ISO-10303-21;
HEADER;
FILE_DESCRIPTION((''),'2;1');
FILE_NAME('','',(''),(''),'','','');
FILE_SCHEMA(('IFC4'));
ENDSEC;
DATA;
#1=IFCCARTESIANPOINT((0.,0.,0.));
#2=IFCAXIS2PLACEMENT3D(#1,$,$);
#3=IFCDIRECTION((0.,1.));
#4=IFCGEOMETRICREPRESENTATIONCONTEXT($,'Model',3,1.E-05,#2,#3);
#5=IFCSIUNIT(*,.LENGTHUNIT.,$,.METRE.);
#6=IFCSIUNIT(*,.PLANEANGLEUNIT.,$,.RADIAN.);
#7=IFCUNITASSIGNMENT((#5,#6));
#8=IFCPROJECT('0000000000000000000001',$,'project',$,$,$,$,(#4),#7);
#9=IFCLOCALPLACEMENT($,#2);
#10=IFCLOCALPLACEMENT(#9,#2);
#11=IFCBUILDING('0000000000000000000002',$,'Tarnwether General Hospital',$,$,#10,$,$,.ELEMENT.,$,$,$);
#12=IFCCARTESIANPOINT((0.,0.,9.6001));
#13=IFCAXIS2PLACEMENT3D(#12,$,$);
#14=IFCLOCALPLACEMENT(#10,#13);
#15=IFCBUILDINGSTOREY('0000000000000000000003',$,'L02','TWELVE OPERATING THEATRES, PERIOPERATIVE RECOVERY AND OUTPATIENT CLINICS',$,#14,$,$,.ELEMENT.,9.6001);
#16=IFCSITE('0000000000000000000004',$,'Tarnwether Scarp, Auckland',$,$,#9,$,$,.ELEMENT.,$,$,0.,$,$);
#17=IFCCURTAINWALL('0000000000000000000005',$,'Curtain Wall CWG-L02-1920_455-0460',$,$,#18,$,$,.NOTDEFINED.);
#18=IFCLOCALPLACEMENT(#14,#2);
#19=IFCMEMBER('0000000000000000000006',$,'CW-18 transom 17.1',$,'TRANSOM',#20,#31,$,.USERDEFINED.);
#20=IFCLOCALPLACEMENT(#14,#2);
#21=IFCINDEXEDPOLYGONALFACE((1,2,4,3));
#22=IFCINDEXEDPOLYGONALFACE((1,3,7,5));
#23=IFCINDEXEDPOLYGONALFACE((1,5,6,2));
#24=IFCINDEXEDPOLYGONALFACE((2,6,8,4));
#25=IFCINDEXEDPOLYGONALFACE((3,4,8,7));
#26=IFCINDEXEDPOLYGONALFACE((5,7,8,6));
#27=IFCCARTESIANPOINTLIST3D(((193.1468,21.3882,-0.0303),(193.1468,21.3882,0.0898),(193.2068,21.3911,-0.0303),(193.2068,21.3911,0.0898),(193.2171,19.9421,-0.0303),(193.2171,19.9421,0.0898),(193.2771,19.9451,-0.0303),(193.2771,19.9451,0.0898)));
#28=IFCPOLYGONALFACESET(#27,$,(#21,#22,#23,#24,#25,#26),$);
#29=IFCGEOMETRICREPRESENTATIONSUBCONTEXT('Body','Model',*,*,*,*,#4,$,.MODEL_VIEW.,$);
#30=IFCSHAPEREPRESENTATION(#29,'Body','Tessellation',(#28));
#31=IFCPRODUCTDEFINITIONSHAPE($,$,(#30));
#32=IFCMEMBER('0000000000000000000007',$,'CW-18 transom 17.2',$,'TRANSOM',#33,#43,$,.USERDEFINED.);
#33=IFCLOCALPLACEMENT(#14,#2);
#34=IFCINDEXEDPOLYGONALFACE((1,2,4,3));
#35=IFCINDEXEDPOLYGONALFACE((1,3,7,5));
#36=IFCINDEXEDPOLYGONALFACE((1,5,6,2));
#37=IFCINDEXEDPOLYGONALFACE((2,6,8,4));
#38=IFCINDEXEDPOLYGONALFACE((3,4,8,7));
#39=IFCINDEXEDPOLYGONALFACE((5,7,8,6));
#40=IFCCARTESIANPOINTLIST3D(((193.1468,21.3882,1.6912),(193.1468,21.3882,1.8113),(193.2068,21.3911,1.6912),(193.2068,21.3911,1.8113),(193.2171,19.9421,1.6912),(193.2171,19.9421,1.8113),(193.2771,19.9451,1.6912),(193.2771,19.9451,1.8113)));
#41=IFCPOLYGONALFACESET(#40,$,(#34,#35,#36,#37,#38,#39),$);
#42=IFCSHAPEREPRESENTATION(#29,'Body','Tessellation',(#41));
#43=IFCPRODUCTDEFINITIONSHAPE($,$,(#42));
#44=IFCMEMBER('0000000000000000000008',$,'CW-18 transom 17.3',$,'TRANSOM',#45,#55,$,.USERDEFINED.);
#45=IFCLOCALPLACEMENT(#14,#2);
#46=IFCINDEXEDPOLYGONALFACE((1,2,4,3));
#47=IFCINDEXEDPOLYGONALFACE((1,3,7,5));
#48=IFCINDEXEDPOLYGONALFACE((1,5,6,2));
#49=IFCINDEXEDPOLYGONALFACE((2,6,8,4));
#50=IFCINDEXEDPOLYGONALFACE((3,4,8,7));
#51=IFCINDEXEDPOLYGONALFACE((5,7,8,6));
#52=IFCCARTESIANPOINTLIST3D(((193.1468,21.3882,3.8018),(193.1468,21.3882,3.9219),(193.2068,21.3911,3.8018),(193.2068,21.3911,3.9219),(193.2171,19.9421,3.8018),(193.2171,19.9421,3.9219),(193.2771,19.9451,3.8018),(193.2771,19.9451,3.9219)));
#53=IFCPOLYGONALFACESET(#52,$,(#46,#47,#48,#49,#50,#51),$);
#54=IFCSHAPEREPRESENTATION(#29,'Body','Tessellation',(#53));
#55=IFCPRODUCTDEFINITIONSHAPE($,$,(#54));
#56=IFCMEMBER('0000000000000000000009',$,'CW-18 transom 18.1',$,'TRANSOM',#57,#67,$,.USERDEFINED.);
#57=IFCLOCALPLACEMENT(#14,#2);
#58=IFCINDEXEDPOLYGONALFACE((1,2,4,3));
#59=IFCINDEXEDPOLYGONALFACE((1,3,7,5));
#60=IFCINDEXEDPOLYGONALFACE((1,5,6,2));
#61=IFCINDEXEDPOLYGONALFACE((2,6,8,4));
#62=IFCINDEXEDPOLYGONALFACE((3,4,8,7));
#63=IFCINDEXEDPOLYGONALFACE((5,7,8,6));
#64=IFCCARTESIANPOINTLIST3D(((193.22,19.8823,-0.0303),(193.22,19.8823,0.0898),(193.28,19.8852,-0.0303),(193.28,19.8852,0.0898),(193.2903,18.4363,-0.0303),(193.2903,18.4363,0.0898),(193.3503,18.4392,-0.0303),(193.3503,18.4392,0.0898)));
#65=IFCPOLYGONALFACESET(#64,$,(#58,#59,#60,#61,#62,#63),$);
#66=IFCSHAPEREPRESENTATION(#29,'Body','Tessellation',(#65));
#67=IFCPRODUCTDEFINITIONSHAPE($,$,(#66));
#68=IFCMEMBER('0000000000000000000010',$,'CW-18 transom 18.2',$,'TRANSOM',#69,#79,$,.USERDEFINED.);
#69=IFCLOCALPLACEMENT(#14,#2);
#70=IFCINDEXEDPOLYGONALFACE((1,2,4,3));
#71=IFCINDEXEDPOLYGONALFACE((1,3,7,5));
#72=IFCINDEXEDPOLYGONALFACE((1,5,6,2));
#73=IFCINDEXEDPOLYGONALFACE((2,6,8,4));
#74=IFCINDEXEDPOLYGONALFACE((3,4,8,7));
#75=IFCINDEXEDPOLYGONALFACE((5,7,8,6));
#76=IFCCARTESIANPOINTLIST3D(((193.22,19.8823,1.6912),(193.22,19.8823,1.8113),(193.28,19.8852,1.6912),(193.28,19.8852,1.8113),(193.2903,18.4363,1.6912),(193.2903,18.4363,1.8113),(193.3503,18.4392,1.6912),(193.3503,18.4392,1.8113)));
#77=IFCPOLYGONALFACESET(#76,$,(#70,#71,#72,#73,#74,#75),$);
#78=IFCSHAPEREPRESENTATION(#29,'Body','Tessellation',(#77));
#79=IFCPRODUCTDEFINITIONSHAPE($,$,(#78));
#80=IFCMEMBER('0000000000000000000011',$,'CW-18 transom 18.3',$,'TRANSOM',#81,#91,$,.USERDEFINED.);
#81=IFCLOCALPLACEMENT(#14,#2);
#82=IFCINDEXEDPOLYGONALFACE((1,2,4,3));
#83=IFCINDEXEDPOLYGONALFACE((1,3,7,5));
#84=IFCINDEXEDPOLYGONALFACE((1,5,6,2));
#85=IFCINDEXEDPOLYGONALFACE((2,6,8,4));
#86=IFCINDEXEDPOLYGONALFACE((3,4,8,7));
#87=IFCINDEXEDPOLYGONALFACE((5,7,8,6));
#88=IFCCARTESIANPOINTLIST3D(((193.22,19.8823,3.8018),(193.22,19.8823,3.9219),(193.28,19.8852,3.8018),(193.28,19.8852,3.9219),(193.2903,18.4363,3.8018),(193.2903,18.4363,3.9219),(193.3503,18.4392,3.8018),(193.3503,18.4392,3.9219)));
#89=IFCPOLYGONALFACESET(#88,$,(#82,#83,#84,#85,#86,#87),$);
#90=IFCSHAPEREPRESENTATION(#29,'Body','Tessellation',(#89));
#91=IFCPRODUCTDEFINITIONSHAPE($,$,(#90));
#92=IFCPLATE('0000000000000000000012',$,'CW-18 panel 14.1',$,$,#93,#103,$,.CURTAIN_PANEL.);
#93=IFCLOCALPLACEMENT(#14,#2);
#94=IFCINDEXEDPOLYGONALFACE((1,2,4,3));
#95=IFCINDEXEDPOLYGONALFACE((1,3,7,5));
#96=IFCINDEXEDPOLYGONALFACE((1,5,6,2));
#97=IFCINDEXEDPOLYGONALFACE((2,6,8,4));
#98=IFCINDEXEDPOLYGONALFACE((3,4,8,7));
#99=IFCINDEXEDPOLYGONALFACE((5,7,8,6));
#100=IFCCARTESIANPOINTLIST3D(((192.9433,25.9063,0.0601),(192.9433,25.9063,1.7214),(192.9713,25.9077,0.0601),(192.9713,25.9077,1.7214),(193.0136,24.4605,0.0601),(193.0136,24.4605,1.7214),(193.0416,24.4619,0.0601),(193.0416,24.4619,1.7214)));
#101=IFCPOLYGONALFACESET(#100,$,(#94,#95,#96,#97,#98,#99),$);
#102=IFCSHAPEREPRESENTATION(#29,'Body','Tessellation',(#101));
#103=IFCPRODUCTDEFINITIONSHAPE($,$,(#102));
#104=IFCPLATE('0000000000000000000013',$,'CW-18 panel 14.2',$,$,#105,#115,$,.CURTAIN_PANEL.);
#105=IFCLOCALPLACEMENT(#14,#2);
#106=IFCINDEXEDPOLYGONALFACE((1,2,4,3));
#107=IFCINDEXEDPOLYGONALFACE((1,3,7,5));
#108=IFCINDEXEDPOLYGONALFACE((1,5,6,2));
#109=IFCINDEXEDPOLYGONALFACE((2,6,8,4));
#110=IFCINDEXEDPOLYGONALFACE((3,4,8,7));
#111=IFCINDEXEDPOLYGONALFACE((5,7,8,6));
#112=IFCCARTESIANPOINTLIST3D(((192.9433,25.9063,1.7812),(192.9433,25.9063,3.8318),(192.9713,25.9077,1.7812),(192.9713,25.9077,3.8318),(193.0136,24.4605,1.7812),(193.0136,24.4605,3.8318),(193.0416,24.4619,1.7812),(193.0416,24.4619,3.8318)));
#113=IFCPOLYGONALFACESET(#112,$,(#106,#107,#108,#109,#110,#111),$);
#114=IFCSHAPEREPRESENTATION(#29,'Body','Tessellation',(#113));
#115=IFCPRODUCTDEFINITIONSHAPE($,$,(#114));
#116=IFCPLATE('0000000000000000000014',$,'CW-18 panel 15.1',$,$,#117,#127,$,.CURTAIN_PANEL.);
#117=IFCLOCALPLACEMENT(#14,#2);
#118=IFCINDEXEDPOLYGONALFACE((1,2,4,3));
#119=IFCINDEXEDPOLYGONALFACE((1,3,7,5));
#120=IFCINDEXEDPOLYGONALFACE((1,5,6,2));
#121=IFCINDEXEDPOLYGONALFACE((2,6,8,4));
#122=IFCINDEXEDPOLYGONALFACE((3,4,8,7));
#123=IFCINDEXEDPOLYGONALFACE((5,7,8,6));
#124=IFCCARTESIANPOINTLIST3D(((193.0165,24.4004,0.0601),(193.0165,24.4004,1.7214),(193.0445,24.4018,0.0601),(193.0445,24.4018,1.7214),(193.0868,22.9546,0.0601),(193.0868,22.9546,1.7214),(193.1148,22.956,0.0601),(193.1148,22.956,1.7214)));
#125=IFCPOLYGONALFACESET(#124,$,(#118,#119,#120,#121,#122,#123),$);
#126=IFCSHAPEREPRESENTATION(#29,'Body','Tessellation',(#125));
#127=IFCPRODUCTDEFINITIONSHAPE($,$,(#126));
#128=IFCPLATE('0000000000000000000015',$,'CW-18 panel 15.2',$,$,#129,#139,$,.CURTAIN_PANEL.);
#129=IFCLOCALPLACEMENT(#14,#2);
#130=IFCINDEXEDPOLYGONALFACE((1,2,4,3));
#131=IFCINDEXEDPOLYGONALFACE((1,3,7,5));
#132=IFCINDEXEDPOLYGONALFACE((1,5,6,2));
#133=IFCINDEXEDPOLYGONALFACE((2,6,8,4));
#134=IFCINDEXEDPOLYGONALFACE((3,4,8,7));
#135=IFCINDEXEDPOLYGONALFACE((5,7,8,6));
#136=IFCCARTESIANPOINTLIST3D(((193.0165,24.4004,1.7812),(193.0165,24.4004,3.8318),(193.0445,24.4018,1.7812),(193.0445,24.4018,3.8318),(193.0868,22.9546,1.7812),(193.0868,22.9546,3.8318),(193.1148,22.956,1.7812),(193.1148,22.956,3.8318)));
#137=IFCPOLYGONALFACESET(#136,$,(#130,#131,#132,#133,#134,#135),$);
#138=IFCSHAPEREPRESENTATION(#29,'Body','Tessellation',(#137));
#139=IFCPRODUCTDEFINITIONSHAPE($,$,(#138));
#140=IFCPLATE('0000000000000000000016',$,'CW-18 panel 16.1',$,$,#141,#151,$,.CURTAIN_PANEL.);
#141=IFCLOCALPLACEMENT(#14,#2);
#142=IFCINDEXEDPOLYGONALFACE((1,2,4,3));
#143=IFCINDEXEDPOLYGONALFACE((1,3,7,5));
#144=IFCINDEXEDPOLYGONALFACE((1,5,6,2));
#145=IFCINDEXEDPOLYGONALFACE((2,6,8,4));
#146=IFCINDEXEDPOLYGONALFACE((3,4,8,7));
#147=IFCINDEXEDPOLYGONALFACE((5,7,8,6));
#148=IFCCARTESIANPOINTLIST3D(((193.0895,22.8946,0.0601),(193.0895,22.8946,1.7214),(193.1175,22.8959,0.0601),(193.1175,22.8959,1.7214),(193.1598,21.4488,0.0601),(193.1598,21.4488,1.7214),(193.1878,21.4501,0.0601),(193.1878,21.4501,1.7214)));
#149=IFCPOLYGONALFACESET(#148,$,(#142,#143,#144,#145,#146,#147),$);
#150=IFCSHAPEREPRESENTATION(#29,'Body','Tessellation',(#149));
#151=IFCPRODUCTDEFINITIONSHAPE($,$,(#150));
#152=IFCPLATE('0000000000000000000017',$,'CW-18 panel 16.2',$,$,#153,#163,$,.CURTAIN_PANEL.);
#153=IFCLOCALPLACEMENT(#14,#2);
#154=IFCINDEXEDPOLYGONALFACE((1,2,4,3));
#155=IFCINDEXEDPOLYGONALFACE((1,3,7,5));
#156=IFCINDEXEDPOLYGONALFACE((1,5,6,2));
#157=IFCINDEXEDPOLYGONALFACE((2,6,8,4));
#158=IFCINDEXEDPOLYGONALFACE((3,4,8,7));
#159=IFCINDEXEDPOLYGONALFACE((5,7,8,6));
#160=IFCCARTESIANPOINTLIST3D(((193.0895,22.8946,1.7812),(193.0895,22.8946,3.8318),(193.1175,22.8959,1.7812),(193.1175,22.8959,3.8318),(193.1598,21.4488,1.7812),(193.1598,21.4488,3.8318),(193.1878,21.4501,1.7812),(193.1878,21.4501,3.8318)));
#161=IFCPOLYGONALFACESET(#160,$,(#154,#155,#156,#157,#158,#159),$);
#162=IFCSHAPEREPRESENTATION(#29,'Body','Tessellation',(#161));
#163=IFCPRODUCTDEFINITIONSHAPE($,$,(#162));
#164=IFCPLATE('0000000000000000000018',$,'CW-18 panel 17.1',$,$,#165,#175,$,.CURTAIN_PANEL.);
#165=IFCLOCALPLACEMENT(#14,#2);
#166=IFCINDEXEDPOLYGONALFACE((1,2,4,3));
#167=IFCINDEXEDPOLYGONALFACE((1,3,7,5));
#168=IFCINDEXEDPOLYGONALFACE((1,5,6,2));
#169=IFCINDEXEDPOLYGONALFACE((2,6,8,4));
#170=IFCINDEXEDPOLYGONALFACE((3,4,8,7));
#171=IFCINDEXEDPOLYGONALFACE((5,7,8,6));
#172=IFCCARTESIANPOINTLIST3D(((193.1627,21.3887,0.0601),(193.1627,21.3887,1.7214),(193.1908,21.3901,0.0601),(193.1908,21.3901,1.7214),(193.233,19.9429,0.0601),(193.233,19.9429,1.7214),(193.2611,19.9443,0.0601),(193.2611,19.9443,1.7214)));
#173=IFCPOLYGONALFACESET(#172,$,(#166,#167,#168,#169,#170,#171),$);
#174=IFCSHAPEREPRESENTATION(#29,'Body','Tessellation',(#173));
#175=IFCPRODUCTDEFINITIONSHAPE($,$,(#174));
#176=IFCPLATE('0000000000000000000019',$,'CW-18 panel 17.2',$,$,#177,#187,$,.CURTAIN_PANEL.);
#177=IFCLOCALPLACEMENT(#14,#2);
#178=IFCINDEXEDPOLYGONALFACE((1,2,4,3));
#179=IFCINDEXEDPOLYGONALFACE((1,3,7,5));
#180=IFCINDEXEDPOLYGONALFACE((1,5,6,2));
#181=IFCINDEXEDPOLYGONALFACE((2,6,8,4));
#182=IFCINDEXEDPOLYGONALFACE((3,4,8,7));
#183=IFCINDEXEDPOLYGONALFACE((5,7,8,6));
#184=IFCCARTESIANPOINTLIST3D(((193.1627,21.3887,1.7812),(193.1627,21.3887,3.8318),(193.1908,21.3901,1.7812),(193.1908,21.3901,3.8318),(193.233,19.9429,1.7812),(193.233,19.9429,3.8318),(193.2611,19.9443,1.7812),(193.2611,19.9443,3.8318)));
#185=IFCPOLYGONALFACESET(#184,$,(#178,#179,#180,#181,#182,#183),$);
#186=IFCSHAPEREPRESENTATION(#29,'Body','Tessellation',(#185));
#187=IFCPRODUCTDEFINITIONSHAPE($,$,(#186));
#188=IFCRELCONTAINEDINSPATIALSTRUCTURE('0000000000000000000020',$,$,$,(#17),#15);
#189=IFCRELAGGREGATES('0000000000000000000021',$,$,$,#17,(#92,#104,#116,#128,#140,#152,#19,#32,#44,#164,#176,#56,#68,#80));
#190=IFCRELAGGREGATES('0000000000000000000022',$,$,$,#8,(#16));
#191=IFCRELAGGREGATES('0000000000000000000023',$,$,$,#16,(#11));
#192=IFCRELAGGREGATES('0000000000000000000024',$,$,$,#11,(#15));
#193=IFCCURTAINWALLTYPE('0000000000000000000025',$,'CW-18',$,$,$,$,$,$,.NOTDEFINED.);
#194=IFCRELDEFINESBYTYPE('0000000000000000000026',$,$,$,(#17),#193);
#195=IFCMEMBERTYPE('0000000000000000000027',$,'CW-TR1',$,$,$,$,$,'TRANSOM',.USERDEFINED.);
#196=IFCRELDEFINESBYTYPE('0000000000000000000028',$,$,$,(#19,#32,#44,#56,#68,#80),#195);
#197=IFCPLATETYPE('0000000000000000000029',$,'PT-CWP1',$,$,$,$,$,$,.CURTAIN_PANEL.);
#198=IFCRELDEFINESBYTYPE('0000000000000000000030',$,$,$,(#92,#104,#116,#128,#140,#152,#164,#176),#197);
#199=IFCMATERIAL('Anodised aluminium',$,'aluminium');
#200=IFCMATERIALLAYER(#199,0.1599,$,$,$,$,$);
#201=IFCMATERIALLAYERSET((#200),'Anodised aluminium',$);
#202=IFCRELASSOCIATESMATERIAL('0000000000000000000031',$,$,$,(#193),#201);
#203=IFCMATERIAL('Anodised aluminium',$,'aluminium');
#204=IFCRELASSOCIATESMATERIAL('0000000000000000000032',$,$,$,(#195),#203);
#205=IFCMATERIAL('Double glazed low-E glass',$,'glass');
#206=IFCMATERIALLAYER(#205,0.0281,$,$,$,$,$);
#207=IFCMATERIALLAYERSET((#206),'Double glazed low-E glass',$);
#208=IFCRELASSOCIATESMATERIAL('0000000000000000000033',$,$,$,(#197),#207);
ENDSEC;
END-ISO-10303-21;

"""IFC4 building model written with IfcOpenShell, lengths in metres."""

from ifc_helpers import new_model, si_unit, direction, frame, origin, origin_2d, place, context, subcontext, project, spatial, rectangle, extrude, material, layer, layer_set, material_profile, profile_set, type_object, element, aggregate, save


model = new_model("IFC4")

# Units and contexts
model_context = context("Model", 3, precision=1e-05, world=origin(), true_north=direction((0.0, 1.0)))
body_context = subcontext(model_context, "Body", "Model", "MODEL_VIEW")
ifc_project = project(units=[si_unit("LENGTHUNIT", "METRE"), si_unit("PLANEANGLEUNIT", "RADIAN")], contexts=[model_context])

# Site, building, storey
site_placement = place(None, origin())
site = spatial("IfcSite", under=ifc_project, at=site_placement, Name="Tarnwether Scarp, Auckland", CompositionType="ELEMENT", RefElevation=0.0)
building_placement = place(site_placement, origin())
building = spatial("IfcBuilding", under=site, at=building_placement, Name="Tarnwether General Hospital", CompositionType="ELEMENT")
storey_placement = place(building_placement, frame((0.0, 0.0, 9.6001)))
storey = spatial("IfcBuildingStorey", under=building, at=storey_placement, Name="L02", Description="TWELVE OPERATING THEATRES, PERIOPERATIVE RECOVERY AND OUTPATIENT CLINICS", CompositionType="ELEMENT", Elevation=9.6001)

# Curtain wall, members, plates
ifc_material_1 = material(Name="Anodised aluminium", Category="aluminium")
ifc_layer_1 = layer(ifc_material_1, 0.1599)
ifc_layer_set_1 = layer_set([ifc_layer_1], Name="Anodised aluminium")
curtain_wall_type = type_object("IfcCurtainWallType", Name="CW-18", PredefinedType="NOTDEFINED", material=ifc_layer_set_1)
curtain_wall_placement = place(storey_placement, origin())
curtain_wall = element("IfcCurtainWall", 1, at=curtain_wall_placement, inside=storey, type_object=curtain_wall_type, Name="Curtain Wall CWG-L02-1920_455-0460", PredefinedType="NOTDEFINED")
ifc_material_2 = material(Name="Anodised aluminium", Category="aluminium")
ifc_material_profile_1 = material_profile(ifc_material_2, rectangle(XDim=0.0601, YDim=0.1201, at=origin_2d()), Name="ALU-TRN-60x120")
ifc_profile_set_1 = profile_set([ifc_material_profile_1], Name="Anodised aluminium")
member_type_1 = type_object("IfcMemberType", Name="CW-TR1", ElementType="TRANSOM", PredefinedType="USERDEFINED", material=ifc_profile_set_1)
member_1_placement = place(storey_placement, frame((193.1768, 21.3896, 0.0298), z_axis=(0.048567, -0.99882, 0.0), x_axis=(0.99882, 0.048567, 0.0)))
member_1 = element("IfcMember", 2, at=member_1_placement, type_object=member_type_1, Name="CW-18 transom 17.1", ObjectType="TRANSOM", PredefinedType="USERDEFINED", context=body_context, shape_type="SweptSolid", body=[
    extrude(rectangle(XDim=0.0601, YDim=0.1201, at=origin_2d()), origin(), (0.0, 0.0, 1.0), 1.4478),
])
member_2_placement = place(storey_placement, frame((193.1768, 21.3896, 1.7512), z_axis=(0.048567, -0.99882, 0.0), x_axis=(0.99882, 0.048567, 0.0)))
member_2 = element("IfcMember", 3, at=member_2_placement, type_object=member_type_1, Name="CW-18 transom 17.2", ObjectType="TRANSOM", PredefinedType="USERDEFINED", context=body_context, shape_type="SweptSolid", body=[
    extrude(rectangle(XDim=0.0601, YDim=0.1201, at=origin_2d()), origin(), (0.0, 0.0, 1.0), 1.4478),
])
member_3_placement = place(storey_placement, frame((193.1768, 21.3896, 3.8618), z_axis=(0.048567, -0.99882, 0.0), x_axis=(0.99882, 0.048567, 0.0)))
member_3 = element("IfcMember", 4, at=member_3_placement, type_object=member_type_1, Name="CW-18 transom 17.3", ObjectType="TRANSOM", PredefinedType="USERDEFINED", context=body_context, shape_type="SweptSolid", body=[
    extrude(rectangle(XDim=0.0601, YDim=0.1201, at=origin_2d()), origin(), (0.0, 0.0, 1.0), 1.4478),
])
member_4_placement = place(storey_placement, frame((193.25, 19.8838, 0.0298), z_axis=(0.048567, -0.99882, 0.0), x_axis=(0.99882, 0.048567, 0.0)))
member_4 = element("IfcMember", 5, at=member_4_placement, type_object=member_type_1, Name="CW-18 transom 18.1", ObjectType="TRANSOM", PredefinedType="USERDEFINED", context=body_context, shape_type="SweptSolid", body=[
    extrude(rectangle(XDim=0.0601, YDim=0.1201, at=origin_2d()), origin(), (0.0, 0.0, 1.0), 1.4478),
])
member_5_placement = place(storey_placement, frame((193.25, 19.8838, 1.7512), z_axis=(0.048567, -0.99882, 0.0), x_axis=(0.99882, 0.048567, 0.0)))
member_5 = element("IfcMember", 6, at=member_5_placement, type_object=member_type_1, Name="CW-18 transom 18.2", ObjectType="TRANSOM", PredefinedType="USERDEFINED", context=body_context, shape_type="SweptSolid", body=[
    extrude(rectangle(XDim=0.0601, YDim=0.1201, at=origin_2d()), origin(), (0.0, 0.0, 1.0), 1.4478),
])
member_6_placement = place(storey_placement, frame((193.25, 19.8838, 3.8618), z_axis=(0.048567, -0.99882, 0.0), x_axis=(0.99882, 0.048567, 0.0)))
member_6 = element("IfcMember", 7, at=member_6_placement, type_object=member_type_1, Name="CW-18 transom 18.3", ObjectType="TRANSOM", PredefinedType="USERDEFINED", context=body_context, shape_type="SweptSolid", body=[
    extrude(rectangle(XDim=0.0601, YDim=0.1201, at=origin_2d()), origin(), (0.0, 0.0, 1.0), 1.4478),
])
ifc_material_3 = material(Name="Double glazed low-E glass", Category="glass")
ifc_layer_2 = layer(ifc_material_3, 0.0281)
ifc_layer_set_2 = layer_set([ifc_layer_2], Name="Double glazed low-E glass")
plate_type = type_object("IfcPlateType", Name="PT-CWP1", PredefinedType="CURTAIN_PANEL", material=ifc_layer_set_2)
plate_1_placement = place(storey_placement, frame((192.9924, 25.1841, 0.0601), z_axis=(0.0, 0.0, 1.0), x_axis=(0.04856, -0.99882, 0.0)))
plate_1 = element("IfcPlate", 8, at=plate_1_placement, type_object=plate_type, Name="CW-18 panel 14.1", PredefinedType="CURTAIN_PANEL", context=body_context, shape_type="SweptSolid", body=[
    extrude(rectangle(XDim=1.4475, YDim=0.0281, at=origin_2d()), origin(), (0.0, 0.0, 1.0), 1.6614),
])
plate_2_placement = place(storey_placement, frame((192.9924, 25.1841, 1.7812), z_axis=(0.0, 0.0, 1.0), x_axis=(0.04856, -0.99882, 0.0)))
plate_2 = element("IfcPlate", 9, at=plate_2_placement, type_object=plate_type, Name="CW-18 panel 14.2", PredefinedType="CURTAIN_PANEL", context=body_context, shape_type="SweptSolid", body=[
    extrude(rectangle(XDim=1.4475, YDim=0.0281, at=origin_2d()), origin(), (0.0, 0.0, 1.0), 2.0505),
])
plate_3_placement = place(storey_placement, frame((193.0657, 23.6782, 0.0601), z_axis=(0.0, 0.0, 1.0), x_axis=(0.04856, -0.99882, 0.0)))
plate_3 = element("IfcPlate", 10, at=plate_3_placement, type_object=plate_type, Name="CW-18 panel 15.1", PredefinedType="CURTAIN_PANEL", context=body_context, shape_type="SweptSolid", body=[
    extrude(rectangle(XDim=1.4475, YDim=0.0281, at=origin_2d()), origin(), (0.0, 0.0, 1.0), 1.6614),
])
plate_4_placement = place(storey_placement, frame((193.0657, 23.6782, 1.7812), z_axis=(0.0, 0.0, 1.0), x_axis=(0.04856, -0.99882, 0.0)))
plate_4 = element("IfcPlate", 11, at=plate_4_placement, type_object=plate_type, Name="CW-18 panel 15.2", PredefinedType="CURTAIN_PANEL", context=body_context, shape_type="SweptSolid", body=[
    extrude(rectangle(XDim=1.4475, YDim=0.0281, at=origin_2d()), origin(), (0.0, 0.0, 1.0), 2.0505),
])
plate_5_placement = place(storey_placement, frame((193.1387, 22.1724, 0.0601), z_axis=(0.0, 0.0, 1.0), x_axis=(0.04856, -0.99882, 0.0)))
plate_5 = element("IfcPlate", 12, at=plate_5_placement, type_object=plate_type, Name="CW-18 panel 16.1", PredefinedType="CURTAIN_PANEL", context=body_context, shape_type="SweptSolid", body=[
    extrude(rectangle(XDim=1.4475, YDim=0.0281, at=origin_2d()), origin(), (0.0, 0.0, 1.0), 1.6614),
])
plate_6_placement = place(storey_placement, frame((193.1387, 22.1724, 1.7812), z_axis=(0.0, 0.0, 1.0), x_axis=(0.04856, -0.99882, 0.0)))
plate_6 = element("IfcPlate", 13, at=plate_6_placement, type_object=plate_type, Name="CW-18 panel 16.2", PredefinedType="CURTAIN_PANEL", context=body_context, shape_type="SweptSolid", body=[
    extrude(rectangle(XDim=1.4475, YDim=0.0281, at=origin_2d()), origin(), (0.0, 0.0, 1.0), 2.0505),
])
plate_7_placement = place(storey_placement, frame((193.2119, 20.6665, 0.0601), z_axis=(0.0, 0.0, 1.0), x_axis=(0.04856, -0.99882, 0.0)))
plate_7 = element("IfcPlate", 14, at=plate_7_placement, type_object=plate_type, Name="CW-18 panel 17.1", PredefinedType="CURTAIN_PANEL", context=body_context, shape_type="SweptSolid", body=[
    extrude(rectangle(XDim=1.4475, YDim=0.0281, at=origin_2d()), origin(), (0.0, 0.0, 1.0), 1.6614),
])
plate_8_placement = place(storey_placement, frame((193.2119, 20.6665, 1.7812), z_axis=(0.0, 0.0, 1.0), x_axis=(0.04856, -0.99882, 0.0)))
plate_8 = element("IfcPlate", 15, at=plate_8_placement, type_object=plate_type, Name="CW-18 panel 17.2", PredefinedType="CURTAIN_PANEL", context=body_context, shape_type="SweptSolid", body=[
    extrude(rectangle(XDim=1.4475, YDim=0.0281, at=origin_2d()), origin(), (0.0, 0.0, 1.0), 2.0505),
])
aggregate(curtain_wall, [plate_1, plate_2, plate_3, plate_4, plate_5, plate_6, member_1, member_2, member_3, plate_7, plate_8, member_4, member_5, member_6])

save(model, "model.ifc")
